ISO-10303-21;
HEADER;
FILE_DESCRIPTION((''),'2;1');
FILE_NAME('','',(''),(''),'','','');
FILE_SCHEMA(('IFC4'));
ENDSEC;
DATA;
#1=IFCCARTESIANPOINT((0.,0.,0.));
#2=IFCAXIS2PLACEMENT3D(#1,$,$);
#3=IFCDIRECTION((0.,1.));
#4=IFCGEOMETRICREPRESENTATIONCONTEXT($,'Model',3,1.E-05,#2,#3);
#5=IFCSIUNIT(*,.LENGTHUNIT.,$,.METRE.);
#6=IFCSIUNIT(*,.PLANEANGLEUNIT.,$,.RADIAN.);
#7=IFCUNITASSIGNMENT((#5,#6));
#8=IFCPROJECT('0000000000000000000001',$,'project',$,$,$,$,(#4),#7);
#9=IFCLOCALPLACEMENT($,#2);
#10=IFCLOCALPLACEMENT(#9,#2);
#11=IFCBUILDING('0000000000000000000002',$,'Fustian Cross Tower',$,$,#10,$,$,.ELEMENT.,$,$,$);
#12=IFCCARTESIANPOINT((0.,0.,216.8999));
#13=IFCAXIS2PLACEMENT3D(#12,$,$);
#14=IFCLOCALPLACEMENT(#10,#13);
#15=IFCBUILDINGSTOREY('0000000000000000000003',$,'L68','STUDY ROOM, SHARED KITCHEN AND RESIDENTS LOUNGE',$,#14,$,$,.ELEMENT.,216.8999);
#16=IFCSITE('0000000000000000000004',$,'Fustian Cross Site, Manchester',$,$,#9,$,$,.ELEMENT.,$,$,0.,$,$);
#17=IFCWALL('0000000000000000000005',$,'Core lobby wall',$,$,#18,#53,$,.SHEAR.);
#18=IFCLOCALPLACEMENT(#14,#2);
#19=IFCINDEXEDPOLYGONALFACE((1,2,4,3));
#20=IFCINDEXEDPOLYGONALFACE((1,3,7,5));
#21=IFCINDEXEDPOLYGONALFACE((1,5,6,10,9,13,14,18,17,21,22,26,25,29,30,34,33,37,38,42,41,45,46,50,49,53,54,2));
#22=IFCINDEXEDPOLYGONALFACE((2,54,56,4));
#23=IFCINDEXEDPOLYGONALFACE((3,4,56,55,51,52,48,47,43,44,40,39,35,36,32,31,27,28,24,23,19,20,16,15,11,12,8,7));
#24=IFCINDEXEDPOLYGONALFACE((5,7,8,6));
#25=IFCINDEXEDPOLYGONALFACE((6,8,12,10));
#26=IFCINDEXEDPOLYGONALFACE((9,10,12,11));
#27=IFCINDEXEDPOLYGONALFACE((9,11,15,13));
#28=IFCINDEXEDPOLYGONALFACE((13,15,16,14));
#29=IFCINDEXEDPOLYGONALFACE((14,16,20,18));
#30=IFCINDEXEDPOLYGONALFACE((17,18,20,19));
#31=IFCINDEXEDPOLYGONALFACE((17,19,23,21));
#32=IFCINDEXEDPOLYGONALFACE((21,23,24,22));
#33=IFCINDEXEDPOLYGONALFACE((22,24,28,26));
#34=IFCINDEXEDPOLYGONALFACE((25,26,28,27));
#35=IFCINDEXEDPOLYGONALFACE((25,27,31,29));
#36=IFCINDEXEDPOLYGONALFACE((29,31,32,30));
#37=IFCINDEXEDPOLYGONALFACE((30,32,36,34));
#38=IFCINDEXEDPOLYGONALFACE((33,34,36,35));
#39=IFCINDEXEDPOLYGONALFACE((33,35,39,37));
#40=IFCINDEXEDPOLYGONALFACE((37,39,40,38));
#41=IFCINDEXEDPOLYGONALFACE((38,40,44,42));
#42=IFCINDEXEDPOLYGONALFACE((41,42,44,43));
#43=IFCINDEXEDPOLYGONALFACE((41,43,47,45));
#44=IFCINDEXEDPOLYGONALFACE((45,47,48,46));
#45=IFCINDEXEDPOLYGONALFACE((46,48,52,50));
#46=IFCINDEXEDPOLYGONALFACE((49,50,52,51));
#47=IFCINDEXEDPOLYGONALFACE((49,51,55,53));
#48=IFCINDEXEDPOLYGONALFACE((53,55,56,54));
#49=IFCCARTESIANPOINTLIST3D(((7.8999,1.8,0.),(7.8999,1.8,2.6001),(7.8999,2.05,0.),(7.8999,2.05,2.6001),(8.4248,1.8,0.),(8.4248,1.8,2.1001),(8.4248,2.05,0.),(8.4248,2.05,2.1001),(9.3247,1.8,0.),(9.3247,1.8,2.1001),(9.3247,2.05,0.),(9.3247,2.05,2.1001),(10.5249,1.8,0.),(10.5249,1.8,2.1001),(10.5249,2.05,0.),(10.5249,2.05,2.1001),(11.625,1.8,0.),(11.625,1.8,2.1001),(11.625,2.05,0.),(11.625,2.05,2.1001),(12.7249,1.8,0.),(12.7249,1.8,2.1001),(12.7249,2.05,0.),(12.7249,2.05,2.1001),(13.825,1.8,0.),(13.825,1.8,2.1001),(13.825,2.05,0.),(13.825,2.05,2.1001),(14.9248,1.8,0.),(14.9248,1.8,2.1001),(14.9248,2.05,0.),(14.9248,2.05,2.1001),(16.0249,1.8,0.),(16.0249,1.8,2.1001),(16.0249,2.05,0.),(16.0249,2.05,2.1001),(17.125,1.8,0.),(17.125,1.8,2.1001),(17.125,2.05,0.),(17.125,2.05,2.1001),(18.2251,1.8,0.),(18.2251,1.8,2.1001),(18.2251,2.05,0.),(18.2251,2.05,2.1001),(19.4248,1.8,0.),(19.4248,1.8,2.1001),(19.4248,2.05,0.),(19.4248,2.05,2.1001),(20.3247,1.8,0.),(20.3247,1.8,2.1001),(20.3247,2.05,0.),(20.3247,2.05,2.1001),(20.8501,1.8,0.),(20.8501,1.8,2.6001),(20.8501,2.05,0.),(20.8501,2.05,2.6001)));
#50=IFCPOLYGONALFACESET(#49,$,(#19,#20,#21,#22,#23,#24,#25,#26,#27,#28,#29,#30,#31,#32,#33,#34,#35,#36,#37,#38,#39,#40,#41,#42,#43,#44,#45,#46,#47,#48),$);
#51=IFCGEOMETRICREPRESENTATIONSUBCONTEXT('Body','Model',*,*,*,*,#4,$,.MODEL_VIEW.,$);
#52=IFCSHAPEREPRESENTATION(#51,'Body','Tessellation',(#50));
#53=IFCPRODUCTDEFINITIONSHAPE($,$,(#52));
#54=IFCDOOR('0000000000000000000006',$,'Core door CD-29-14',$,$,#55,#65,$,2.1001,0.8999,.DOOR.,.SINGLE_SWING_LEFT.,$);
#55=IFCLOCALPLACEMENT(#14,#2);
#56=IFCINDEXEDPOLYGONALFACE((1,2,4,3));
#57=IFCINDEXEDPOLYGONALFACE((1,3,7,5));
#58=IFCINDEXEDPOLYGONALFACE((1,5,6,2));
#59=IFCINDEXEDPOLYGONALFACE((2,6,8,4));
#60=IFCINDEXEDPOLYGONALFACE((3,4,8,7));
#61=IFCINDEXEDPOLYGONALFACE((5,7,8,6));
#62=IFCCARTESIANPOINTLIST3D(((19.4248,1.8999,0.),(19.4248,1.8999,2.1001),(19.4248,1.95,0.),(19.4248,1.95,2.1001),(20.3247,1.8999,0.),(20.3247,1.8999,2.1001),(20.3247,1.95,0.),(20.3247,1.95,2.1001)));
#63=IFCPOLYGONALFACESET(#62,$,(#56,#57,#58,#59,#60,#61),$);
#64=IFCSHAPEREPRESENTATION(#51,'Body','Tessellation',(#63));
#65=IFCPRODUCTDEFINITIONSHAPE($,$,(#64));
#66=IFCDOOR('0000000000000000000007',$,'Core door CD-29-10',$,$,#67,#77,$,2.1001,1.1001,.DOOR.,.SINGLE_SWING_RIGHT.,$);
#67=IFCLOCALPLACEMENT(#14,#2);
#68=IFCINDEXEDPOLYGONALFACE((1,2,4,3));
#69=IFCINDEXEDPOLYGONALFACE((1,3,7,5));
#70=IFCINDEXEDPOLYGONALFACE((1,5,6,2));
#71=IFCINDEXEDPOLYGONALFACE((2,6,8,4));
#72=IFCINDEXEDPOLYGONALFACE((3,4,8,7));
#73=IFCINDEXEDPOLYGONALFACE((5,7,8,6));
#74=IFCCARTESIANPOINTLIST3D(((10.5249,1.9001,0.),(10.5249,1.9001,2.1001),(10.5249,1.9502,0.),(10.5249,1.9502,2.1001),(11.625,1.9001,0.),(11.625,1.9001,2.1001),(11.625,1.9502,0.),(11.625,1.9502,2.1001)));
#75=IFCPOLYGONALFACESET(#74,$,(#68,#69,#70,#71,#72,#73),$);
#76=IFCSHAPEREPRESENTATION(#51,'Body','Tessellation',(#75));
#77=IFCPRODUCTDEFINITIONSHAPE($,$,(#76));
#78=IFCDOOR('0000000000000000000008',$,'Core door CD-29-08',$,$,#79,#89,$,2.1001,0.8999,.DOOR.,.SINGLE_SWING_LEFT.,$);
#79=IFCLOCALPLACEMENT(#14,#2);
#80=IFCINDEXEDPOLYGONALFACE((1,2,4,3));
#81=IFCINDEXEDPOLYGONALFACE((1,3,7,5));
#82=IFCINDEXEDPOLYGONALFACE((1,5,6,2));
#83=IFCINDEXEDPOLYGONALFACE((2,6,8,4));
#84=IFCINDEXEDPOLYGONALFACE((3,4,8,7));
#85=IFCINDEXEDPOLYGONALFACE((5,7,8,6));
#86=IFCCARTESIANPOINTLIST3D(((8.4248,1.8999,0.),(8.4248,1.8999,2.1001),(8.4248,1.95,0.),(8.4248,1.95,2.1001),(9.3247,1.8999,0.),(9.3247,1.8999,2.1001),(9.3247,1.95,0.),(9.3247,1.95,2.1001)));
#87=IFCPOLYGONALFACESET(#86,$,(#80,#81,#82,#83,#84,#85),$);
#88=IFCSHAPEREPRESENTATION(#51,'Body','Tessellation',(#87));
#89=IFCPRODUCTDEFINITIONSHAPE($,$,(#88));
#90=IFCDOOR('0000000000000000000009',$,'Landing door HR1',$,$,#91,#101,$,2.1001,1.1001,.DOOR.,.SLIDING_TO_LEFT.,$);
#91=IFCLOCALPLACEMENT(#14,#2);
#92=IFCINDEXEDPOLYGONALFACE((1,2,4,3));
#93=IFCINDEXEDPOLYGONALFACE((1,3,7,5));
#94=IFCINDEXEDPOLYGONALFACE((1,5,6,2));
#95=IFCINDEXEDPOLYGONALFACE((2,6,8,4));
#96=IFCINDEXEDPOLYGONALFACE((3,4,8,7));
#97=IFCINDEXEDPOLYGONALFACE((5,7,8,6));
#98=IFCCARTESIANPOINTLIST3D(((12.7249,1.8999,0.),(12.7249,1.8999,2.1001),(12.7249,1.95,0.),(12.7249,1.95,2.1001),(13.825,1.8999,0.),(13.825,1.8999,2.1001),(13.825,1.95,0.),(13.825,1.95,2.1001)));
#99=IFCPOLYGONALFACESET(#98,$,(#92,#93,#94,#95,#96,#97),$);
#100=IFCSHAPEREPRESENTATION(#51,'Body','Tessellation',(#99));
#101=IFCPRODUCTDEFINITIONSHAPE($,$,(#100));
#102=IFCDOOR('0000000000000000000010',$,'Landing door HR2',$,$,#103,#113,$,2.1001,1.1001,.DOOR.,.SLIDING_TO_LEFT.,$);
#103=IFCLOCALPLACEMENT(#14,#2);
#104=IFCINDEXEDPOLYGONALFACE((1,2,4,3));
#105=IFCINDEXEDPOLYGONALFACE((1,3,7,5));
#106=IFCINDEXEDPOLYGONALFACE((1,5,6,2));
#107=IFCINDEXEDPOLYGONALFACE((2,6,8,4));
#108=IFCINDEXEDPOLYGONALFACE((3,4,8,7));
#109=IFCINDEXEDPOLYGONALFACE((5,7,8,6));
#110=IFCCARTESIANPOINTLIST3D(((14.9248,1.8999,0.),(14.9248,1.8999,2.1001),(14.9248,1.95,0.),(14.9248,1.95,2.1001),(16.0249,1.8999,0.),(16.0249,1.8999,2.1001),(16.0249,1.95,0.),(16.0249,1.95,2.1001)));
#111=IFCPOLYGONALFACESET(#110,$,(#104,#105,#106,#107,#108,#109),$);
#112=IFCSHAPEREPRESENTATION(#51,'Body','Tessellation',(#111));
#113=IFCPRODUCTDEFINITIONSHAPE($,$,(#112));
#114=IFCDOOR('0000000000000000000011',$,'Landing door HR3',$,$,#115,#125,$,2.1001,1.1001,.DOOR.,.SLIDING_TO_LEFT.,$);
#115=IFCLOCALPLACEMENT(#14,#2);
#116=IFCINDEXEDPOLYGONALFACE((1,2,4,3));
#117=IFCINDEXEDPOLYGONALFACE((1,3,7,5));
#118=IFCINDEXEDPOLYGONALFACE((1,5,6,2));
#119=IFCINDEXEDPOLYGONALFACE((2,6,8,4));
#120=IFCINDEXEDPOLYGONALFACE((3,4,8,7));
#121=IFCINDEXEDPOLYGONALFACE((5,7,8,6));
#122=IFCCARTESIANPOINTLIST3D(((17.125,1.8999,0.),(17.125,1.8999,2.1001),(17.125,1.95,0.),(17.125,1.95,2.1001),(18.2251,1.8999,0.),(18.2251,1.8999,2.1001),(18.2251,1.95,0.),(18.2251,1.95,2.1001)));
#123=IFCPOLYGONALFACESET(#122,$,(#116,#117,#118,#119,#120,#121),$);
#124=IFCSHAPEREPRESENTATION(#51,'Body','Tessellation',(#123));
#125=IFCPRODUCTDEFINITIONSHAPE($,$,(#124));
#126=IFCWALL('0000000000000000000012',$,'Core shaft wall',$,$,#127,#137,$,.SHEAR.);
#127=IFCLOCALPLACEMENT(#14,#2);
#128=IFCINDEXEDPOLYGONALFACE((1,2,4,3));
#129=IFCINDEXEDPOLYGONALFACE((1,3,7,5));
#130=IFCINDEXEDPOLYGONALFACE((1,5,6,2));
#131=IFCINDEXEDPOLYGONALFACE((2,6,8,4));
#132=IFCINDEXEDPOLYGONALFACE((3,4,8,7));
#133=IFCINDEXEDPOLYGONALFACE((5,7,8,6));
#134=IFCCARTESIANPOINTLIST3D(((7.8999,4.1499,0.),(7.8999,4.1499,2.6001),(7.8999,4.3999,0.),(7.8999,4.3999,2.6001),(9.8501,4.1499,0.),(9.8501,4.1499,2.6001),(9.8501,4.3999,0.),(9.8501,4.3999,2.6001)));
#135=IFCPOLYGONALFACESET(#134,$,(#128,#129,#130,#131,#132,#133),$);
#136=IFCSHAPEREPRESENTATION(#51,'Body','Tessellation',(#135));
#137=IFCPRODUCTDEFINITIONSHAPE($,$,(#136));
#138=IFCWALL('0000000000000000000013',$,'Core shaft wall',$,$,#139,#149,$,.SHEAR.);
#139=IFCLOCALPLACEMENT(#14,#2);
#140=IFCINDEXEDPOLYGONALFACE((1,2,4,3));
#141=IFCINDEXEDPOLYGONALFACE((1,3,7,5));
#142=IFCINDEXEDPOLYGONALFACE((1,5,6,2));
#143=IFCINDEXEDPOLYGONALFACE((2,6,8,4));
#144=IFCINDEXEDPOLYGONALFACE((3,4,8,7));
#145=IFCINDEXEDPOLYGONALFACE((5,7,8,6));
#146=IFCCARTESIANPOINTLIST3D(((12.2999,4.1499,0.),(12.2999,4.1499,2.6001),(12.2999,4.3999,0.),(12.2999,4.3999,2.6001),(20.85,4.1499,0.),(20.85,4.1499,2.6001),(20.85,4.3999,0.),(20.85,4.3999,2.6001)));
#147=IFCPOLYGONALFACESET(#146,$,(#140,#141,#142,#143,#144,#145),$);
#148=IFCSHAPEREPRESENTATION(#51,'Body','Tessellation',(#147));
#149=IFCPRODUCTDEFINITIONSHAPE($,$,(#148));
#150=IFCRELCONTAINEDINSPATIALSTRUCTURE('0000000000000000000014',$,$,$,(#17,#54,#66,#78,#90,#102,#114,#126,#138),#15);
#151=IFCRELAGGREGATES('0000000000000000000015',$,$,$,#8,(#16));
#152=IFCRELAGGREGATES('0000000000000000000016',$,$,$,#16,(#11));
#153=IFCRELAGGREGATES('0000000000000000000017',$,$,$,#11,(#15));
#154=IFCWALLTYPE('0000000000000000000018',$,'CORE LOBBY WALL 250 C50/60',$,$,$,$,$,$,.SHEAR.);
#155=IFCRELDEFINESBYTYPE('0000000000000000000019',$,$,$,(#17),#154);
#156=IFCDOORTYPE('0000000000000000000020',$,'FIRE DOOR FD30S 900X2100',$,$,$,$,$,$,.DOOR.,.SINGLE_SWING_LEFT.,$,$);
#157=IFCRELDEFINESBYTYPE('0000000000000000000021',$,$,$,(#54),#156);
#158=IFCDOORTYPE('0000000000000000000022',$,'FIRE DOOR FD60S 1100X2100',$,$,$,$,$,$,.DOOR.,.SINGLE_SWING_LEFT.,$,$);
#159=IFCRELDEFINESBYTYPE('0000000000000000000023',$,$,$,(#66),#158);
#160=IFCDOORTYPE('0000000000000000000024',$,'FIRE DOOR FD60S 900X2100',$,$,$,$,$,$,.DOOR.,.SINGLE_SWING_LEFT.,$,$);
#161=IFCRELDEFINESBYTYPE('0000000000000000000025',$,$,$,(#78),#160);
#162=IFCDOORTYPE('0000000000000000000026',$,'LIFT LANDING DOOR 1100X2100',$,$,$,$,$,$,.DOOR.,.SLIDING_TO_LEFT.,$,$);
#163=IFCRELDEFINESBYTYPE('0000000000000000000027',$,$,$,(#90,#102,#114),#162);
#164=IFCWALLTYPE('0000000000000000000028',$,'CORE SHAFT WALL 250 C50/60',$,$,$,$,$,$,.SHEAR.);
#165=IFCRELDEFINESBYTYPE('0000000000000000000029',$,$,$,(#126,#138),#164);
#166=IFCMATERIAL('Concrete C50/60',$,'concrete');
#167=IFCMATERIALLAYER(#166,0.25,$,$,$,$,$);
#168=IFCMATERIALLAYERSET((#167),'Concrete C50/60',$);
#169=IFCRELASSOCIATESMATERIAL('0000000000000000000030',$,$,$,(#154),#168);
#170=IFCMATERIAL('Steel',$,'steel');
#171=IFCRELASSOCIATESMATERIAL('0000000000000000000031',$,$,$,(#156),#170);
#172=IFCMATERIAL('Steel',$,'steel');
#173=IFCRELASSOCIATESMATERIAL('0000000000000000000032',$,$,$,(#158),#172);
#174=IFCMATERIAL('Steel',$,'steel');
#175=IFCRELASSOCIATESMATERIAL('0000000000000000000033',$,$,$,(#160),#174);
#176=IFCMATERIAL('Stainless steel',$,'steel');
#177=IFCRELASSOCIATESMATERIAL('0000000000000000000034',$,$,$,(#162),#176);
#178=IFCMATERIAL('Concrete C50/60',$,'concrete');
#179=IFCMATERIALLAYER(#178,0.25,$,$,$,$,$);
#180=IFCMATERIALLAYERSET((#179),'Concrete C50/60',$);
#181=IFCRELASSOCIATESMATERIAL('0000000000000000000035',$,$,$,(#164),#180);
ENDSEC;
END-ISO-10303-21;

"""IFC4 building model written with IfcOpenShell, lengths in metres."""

from ifc_helpers import new_model, si_unit, direction, frame, frame_2d, origin, place, context, subcontext, project, spatial, rectangle, extrude, material, layer, layer_set, type_object, element, fill, save


model = new_model("IFC4")

# Units and contexts
model_context = context("Model", 3, precision=1e-05, world=origin(), true_north=direction((0.0, 1.0)))
body_context = subcontext(model_context, "Body", "Model", "MODEL_VIEW")
ifc_project = project(units=[si_unit("LENGTHUNIT", "METRE"), si_unit("PLANEANGLEUNIT", "RADIAN")], contexts=[model_context])

# Site, building, storey
site_placement = place(None, origin())
site = spatial("IfcSite", under=ifc_project, at=site_placement, Name="Fustian Cross Site, Manchester", CompositionType="ELEMENT", RefElevation=0.0)
building_placement = place(site_placement, origin())
building = spatial("IfcBuilding", under=site, at=building_placement, Name="Fustian Cross Tower", CompositionType="ELEMENT")
storey_placement = place(building_placement, frame((0.0, 0.0, 216.8999)))
storey = spatial("IfcBuildingStorey", under=building, at=storey_placement, Name="L68", Description="STUDY ROOM, SHARED KITCHEN AND RESIDENTS LOUNGE", CompositionType="ELEMENT", Elevation=216.8999)

# Wall, openings, doors
ifc_material_1 = material(Name="Concrete C50/60", Category="concrete")
ifc_layer_1 = layer(ifc_material_1, 0.25)
ifc_layer_set_1 = layer_set([ifc_layer_1], Name="Concrete C50/60")
wall_type_1 = type_object("IfcWallType", Name="CORE LOBBY WALL 250 C50/60", PredefinedType="SHEAR", material=ifc_layer_set_1)
wall_1_placement = place(storey_placement, frame((7.8999, 1.925, 0.0), z_axis=(0.0, 0.0, 1.0), x_axis=(1.0, 0.0, 0.0)))
wall_1 = element("IfcWall", 1, at=wall_1_placement, inside=storey, type_object=wall_type_1, Name="Core lobby wall", PredefinedType="SHEAR", context=body_context, shape_type="SweptSolid", body=[
    extrude(rectangle(XDim=12.9502, YDim=0.25, at=frame_2d((6.4751, 0.0))), origin(), (0.0, 0.0, 1.0), 2.6001),
])
opening_1_placement = place(wall_1_placement, frame((4.825, 0.0, 0.0)))
opening_1 = element("IfcOpeningElement", 2, at=opening_1_placement, cuts=wall_1, PredefinedType="OPENING", context=body_context, shape_type="SweptSolid", body=[
    extrude(rectangle(XDim=1.1001, YDim=2.1001, at=frame_2d((0.55, 1.05))), frame((0.0, 0.135, 0.0), z_axis=(0.0, -1.0, 0.0), x_axis=(1.0, 0.0, 0.0)), (0.0, 0.0, 1.0), 0.27),
])
opening_2_placement = place(wall_1_placement, frame((7.0249, 0.0, 0.0)))
opening_2 = element("IfcOpeningElement", 3, at=opening_2_placement, cuts=wall_1, PredefinedType="OPENING", context=body_context, shape_type="SweptSolid", body=[
    extrude(rectangle(XDim=1.1001, YDim=2.1001, at=frame_2d((0.55, 1.05))), frame((0.0, 0.135, 0.0), z_axis=(0.0, -1.0, 0.0), x_axis=(1.0, 0.0, 0.0)), (0.0, 0.0, 1.0), 0.27),
])
opening_3_placement = place(wall_1_placement, frame((9.2251, 0.0, 0.0)))
opening_3 = element("IfcOpeningElement", 4, at=opening_3_placement, cuts=wall_1, PredefinedType="OPENING", context=body_context, shape_type="SweptSolid", body=[
    extrude(rectangle(XDim=1.1001, YDim=2.1001, at=frame_2d((0.55, 1.05))), frame((0.0, 0.135, 0.0), z_axis=(0.0, -1.0, 0.0), x_axis=(1.0, 0.0, 0.0)), (0.0, 0.0, 1.0), 0.27),
])
opening_4_placement = place(wall_1_placement, frame((0.5249, 0.0, 0.0)))
opening_4 = element("IfcOpeningElement", 5, at=opening_4_placement, cuts=wall_1, PredefinedType="OPENING", context=body_context, shape_type="SweptSolid", body=[
    extrude(rectangle(XDim=0.8999, YDim=2.1001, at=frame_2d((0.45, 1.05))), frame((0.0, 0.135, 0.0), z_axis=(0.0, -1.0, 0.0), x_axis=(1.0, 0.0, 0.0)), (0.0, 0.0, 1.0), 0.27),
])
opening_5_placement = place(wall_1_placement, frame((2.625, 0.0, 0.0)))
opening_5 = element("IfcOpeningElement", 6, at=opening_5_placement, cuts=wall_1, PredefinedType="OPENING", context=body_context, shape_type="SweptSolid", body=[
    extrude(rectangle(XDim=1.1001, YDim=2.1001, at=frame_2d((0.55, 1.05))), frame((0.0, 0.135, 0.0), z_axis=(0.0, -1.0, 0.0), x_axis=(1.0, 0.0, 0.0)), (0.0, 0.0, 1.0), 0.27),
])
opening_6_placement = place(wall_1_placement, frame((11.5249, 0.0, 0.0)))
opening_6 = element("IfcOpeningElement", 7, at=opening_6_placement, cuts=wall_1, PredefinedType="OPENING", context=body_context, shape_type="SweptSolid", body=[
    extrude(rectangle(XDim=0.8999, YDim=2.1001, at=frame_2d((0.45, 1.05))), frame((0.0, 0.135, 0.0), z_axis=(0.0, -1.0, 0.0), x_axis=(1.0, 0.0, 0.0)), (0.0, 0.0, 1.0), 0.27),
])
ifc_material_2 = material(Name="Steel", Category="steel")
door_type_1 = type_object("IfcDoorType", Name="FIRE DOOR FD30S 900X2100", OperationType="SINGLE_SWING_LEFT", PredefinedType="DOOR", material=ifc_material_2)
door_1_placement = place(opening_6_placement, origin())
door_1 = element("IfcDoor", 8, at=door_1_placement, inside=storey, type_object=door_type_1, Name="Core door CD-29-14", OperationType="SINGLE_SWING_LEFT", OverallHeight=2.1001, OverallWidth=0.8999, PredefinedType="DOOR", context=body_context, shape_type="SweptSolid", body=[
    extrude(rectangle(XDim=0.8999, YDim=2.1001, at=frame_2d((0.45, 1.05))), frame((0.0, 0.0249, 0.0), z_axis=(0.0, -1.0, 0.0), x_axis=(1.0, 0.0, 0.0)), (0.0, 0.0, 1.0), 0.05),
])
fill(opening_6, door_1)
ifc_material_3 = material(Name="Steel", Category="steel")
door_type_2 = type_object("IfcDoorType", Name="FIRE DOOR FD60S 1100X2100", OperationType="SINGLE_SWING_LEFT", PredefinedType="DOOR", material=ifc_material_3)
door_2_placement = place(opening_5_placement, frame((1.1001, 0.0, 0.0), z_axis=(0.0, 0.0, 1.0), x_axis=(-1.0, 0.0, 0.0)))
door_2 = element("IfcDoor", 9, at=door_2_placement, inside=storey, type_object=door_type_2, Name="Core door CD-29-10", OperationType="SINGLE_SWING_RIGHT", OverallHeight=2.1001, OverallWidth=1.1001, PredefinedType="DOOR", context=body_context, shape_type="SweptSolid", body=[
    extrude(rectangle(XDim=1.1001, YDim=2.1001, at=frame_2d((0.55, 1.05))), frame((0.0, 0.0249, 0.0), z_axis=(0.0, -1.0, 0.0), x_axis=(1.0, 0.0, 0.0)), (0.0, 0.0, 1.0), 0.05),
])
fill(opening_5, door_2)
ifc_material_4 = material(Name="Steel", Category="steel")
door_type_3 = type_object("IfcDoorType", Name="FIRE DOOR FD60S 900X2100", OperationType="SINGLE_SWING_LEFT", PredefinedType="DOOR", material=ifc_material_4)
door_3_placement = place(opening_4_placement, origin())
door_3 = element("IfcDoor", 10, at=door_3_placement, inside=storey, type_object=door_type_3, Name="Core door CD-29-08", OperationType="SINGLE_SWING_LEFT", OverallHeight=2.1001, OverallWidth=0.8999, PredefinedType="DOOR", context=body_context, shape_type="SweptSolid", body=[
    extrude(rectangle(XDim=0.8999, YDim=2.1001, at=frame_2d((0.45, 1.05))), frame((0.0, 0.0249, 0.0), z_axis=(0.0, -1.0, 0.0), x_axis=(1.0, 0.0, 0.0)), (0.0, 0.0, 1.0), 0.05),
])
fill(opening_4, door_3)
ifc_material_5 = material(Name="Stainless steel", Category="steel")
door_type_4 = type_object("IfcDoorType", Name="LIFT LANDING DOOR 1100X2100", OperationType="SLIDING_TO_LEFT", PredefinedType="DOOR", material=ifc_material_5)
door_4_placement = place(opening_1_placement, origin())
door_4 = element("IfcDoor", 11, at=door_4_placement, inside=storey, type_object=door_type_4, Name="Landing door HR1", OperationType="SLIDING_TO_LEFT", OverallHeight=2.1001, OverallWidth=1.1001, PredefinedType="DOOR", context=body_context, shape_type="SweptSolid", body=[
    extrude(rectangle(XDim=1.1001, YDim=2.1001, at=frame_2d((0.55, 1.05))), frame((0.0, 0.0249, 0.0), z_axis=(0.0, -1.0, 0.0), x_axis=(1.0, 0.0, 0.0)), (0.0, 0.0, 1.0), 0.05),
])
fill(opening_1, door_4)
door_5_placement = place(opening_2_placement, origin())
door_5 = element("IfcDoor", 12, at=door_5_placement, inside=storey, type_object=door_type_4, Name="Landing door HR2", OperationType="SLIDING_TO_LEFT", OverallHeight=2.1001, OverallWidth=1.1001, PredefinedType="DOOR", context=body_context, shape_type="SweptSolid", body=[
    extrude(rectangle(XDim=1.1001, YDim=2.1001, at=frame_2d((0.55, 1.05))), frame((0.0, 0.0249, 0.0), z_axis=(0.0, -1.0, 0.0), x_axis=(1.0, 0.0, 0.0)), (0.0, 0.0, 1.0), 0.05),
])
fill(opening_2, door_5)
door_6_placement = place(opening_3_placement, origin())
door_6 = element("IfcDoor", 13, at=door_6_placement, inside=storey, type_object=door_type_4, Name="Landing door HR3", OperationType="SLIDING_TO_LEFT", OverallHeight=2.1001, OverallWidth=1.1001, PredefinedType="DOOR", context=body_context, shape_type="SweptSolid", body=[
    extrude(rectangle(XDim=1.1001, YDim=2.1001, at=frame_2d((0.55, 1.05))), frame((0.0, 0.0249, 0.0), z_axis=(0.0, -1.0, 0.0), x_axis=(1.0, 0.0, 0.0)), (0.0, 0.0, 1.0), 0.05),
])
fill(opening_3, door_6)

# Walls
ifc_material_6 = material(Name="Concrete C50/60", Category="concrete")
ifc_layer_2 = layer(ifc_material_6, 0.25)
ifc_layer_set_2 = layer_set([ifc_layer_2], Name="Concrete C50/60")
wall_type_2 = type_object("IfcWallType", Name="CORE SHAFT WALL 250 C50/60", PredefinedType="SHEAR", material=ifc_layer_set_2)
wall_2_placement = place(storey_placement, frame((7.8999, 4.2749, 0.0), z_axis=(0.0, 0.0, 1.0), x_axis=(1.0, 0.0, 0.0)))
element("IfcWall", 14, at=wall_2_placement, inside=storey, type_object=wall_type_2, Name="Core shaft wall", PredefinedType="SHEAR", context=body_context, shape_type="SweptSolid", body=[
    extrude(rectangle(XDim=1.9502, YDim=0.25, at=frame_2d((0.9751, 0.0))), origin(), (0.0, 0.0, 1.0), 2.6001),
])
wall_3_placement = place(storey_placement, frame((12.3, 4.2749, 0.0), z_axis=(0.0, 0.0, 1.0), x_axis=(1.0, 0.0, 0.0)))
element("IfcWall", 15, at=wall_3_placement, inside=storey, type_object=wall_type_2, Name="Core shaft wall", PredefinedType="SHEAR", context=body_context, shape_type="SweptSolid", body=[
    extrude(rectangle(XDim=8.55, YDim=0.25, at=frame_2d((4.2749, 0.0))), origin(), (0.0, 0.0, 1.0), 2.6001),
])

save(model, "model.ifc")
